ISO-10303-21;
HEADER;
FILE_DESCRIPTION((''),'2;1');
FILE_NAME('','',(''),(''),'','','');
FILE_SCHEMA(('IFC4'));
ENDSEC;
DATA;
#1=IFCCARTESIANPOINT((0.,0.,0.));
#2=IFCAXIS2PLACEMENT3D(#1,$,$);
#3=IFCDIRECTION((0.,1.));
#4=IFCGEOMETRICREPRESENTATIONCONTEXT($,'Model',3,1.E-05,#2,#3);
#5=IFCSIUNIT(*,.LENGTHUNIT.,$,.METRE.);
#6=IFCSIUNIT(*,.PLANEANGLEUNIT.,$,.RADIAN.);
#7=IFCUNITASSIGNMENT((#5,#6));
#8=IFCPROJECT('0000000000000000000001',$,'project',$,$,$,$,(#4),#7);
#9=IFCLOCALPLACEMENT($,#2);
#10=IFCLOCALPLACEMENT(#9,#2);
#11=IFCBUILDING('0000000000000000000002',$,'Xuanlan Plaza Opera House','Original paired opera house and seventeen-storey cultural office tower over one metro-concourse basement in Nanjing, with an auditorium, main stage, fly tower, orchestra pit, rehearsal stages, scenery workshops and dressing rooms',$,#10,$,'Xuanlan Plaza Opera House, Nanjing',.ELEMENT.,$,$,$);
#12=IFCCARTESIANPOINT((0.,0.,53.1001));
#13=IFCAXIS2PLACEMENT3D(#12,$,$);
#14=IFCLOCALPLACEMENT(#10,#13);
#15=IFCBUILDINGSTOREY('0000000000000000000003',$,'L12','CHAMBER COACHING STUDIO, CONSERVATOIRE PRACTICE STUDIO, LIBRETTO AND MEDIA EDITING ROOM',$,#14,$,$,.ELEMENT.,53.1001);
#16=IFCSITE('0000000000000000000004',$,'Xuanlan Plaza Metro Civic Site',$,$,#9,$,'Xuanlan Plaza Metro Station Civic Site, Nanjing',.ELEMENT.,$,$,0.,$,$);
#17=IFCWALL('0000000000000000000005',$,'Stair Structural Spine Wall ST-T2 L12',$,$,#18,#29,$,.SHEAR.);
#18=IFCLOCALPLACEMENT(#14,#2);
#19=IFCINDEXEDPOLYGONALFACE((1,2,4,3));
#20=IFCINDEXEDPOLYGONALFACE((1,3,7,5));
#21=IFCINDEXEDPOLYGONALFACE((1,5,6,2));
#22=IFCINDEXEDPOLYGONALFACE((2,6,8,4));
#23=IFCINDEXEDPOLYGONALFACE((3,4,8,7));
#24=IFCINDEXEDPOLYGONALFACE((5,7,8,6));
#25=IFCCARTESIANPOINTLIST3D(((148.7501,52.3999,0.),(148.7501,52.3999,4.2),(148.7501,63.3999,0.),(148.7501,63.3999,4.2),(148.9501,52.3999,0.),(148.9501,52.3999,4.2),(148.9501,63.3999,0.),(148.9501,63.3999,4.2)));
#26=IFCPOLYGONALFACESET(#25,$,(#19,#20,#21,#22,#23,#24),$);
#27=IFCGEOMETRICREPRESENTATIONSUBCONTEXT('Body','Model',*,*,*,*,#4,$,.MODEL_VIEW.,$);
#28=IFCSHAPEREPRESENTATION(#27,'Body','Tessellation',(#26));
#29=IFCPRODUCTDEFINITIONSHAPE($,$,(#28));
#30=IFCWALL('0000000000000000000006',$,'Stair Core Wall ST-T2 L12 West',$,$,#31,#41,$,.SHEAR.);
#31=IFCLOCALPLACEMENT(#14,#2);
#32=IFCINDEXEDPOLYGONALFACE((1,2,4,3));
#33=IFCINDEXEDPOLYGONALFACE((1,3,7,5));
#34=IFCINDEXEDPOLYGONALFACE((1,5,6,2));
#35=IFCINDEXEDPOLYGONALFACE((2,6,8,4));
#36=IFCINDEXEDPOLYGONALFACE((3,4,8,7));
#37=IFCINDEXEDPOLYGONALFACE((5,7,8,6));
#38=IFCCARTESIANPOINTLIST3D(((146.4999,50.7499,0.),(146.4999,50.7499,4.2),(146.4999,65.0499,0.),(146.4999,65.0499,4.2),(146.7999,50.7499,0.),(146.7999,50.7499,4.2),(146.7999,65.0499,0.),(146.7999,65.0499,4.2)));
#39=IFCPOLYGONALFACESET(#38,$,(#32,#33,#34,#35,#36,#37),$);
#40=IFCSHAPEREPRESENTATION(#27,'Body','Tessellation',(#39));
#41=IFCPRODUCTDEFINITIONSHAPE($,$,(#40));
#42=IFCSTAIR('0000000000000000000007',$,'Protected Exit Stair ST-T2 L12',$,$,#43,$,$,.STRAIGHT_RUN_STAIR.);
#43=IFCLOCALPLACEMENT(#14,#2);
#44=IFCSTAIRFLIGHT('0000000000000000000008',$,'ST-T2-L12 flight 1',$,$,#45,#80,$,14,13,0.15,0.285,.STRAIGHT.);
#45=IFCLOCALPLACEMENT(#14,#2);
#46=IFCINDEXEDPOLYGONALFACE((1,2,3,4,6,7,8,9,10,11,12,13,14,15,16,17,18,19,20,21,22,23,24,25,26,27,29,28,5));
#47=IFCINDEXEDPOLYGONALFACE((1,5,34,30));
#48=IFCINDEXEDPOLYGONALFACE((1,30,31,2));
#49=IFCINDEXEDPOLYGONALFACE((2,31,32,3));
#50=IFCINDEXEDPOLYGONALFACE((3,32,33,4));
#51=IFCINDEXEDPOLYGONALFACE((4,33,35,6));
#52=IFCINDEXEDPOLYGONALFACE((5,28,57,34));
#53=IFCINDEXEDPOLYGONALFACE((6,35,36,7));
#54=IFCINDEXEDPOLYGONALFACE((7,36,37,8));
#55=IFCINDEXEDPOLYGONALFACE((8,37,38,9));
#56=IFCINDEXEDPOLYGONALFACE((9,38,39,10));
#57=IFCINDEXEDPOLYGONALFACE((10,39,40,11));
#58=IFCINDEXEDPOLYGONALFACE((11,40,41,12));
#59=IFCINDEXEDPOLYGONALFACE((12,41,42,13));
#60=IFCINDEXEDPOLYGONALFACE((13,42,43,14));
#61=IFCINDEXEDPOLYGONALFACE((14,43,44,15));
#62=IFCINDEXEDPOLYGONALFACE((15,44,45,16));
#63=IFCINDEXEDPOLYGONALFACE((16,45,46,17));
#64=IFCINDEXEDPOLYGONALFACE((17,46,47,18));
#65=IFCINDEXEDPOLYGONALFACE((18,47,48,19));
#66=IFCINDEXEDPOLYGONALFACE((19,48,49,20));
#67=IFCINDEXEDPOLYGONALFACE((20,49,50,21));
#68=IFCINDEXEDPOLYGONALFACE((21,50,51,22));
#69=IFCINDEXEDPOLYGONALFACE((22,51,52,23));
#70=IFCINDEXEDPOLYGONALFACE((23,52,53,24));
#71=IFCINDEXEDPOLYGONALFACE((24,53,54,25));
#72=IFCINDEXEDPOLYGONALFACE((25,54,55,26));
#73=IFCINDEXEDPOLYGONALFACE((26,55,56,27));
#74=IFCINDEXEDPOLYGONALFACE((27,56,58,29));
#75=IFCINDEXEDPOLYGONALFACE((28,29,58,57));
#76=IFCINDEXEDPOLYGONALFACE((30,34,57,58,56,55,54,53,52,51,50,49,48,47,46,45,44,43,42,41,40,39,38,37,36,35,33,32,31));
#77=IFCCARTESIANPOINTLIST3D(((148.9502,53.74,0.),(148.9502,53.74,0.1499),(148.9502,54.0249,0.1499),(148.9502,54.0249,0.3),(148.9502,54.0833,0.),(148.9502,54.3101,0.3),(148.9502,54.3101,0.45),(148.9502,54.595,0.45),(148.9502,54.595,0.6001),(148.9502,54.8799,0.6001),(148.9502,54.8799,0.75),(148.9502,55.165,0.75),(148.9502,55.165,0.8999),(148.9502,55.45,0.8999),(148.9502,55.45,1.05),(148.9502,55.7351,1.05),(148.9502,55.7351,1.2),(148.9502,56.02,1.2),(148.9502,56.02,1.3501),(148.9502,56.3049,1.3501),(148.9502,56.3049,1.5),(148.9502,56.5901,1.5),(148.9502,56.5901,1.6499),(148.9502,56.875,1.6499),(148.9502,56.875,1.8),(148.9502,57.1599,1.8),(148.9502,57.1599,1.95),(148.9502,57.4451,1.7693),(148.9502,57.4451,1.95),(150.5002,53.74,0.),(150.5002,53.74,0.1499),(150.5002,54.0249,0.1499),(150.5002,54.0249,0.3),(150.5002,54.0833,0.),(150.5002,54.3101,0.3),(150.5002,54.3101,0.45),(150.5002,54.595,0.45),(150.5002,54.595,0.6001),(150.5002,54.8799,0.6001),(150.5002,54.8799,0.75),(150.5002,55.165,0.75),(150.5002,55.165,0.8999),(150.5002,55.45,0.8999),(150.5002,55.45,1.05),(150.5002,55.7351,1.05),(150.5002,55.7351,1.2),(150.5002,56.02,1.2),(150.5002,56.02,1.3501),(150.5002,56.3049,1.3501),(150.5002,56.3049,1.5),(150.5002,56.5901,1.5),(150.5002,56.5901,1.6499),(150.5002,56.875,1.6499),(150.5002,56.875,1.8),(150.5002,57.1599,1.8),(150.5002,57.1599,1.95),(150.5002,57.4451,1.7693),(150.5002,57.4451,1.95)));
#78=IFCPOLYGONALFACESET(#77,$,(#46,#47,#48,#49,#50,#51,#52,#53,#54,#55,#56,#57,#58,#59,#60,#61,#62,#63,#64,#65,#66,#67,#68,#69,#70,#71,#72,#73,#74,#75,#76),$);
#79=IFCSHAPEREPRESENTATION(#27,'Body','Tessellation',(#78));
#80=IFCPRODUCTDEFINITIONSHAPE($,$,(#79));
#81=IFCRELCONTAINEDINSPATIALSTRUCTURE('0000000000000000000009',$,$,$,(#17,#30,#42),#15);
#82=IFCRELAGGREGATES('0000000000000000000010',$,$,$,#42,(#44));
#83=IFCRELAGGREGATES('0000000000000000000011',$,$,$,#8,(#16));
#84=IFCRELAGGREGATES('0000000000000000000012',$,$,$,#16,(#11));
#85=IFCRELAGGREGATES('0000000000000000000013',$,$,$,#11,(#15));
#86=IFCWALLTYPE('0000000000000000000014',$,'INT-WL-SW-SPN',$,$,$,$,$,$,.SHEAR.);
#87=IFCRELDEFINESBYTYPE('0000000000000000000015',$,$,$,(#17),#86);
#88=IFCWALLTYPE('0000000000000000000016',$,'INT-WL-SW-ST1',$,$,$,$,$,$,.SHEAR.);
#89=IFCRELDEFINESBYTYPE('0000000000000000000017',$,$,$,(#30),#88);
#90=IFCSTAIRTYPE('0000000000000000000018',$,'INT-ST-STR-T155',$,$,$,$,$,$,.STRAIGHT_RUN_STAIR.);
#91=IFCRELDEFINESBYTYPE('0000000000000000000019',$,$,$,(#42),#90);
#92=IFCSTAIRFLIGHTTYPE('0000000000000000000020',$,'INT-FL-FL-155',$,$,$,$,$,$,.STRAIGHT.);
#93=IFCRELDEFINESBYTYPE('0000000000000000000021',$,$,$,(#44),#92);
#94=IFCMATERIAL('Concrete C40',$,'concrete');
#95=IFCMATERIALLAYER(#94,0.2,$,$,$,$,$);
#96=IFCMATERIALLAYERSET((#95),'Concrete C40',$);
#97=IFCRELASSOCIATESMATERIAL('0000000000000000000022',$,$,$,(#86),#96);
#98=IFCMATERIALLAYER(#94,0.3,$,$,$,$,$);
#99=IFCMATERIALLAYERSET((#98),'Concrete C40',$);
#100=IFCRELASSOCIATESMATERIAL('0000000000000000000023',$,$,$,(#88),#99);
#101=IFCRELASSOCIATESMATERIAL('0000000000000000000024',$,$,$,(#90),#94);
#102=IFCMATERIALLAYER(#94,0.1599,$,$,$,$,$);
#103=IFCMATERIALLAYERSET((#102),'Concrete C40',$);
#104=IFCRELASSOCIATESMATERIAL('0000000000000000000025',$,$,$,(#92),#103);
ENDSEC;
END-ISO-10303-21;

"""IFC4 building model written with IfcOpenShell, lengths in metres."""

from ifc_helpers import new_model, si_unit, direction, frame, frame_2d, origin, place, context, subcontext, project, spatial, polyline, rectangle, outline, extrude, material, layer, layer_set, type_object, element, aggregate, save


model = new_model("IFC4")

# Units and contexts
model_context = context("Model", 3, precision=1e-05, world=origin(), true_north=direction((0.0, 1.0)))
body_context = subcontext(model_context, "Body", "Model", "MODEL_VIEW")
ifc_project = project(units=[si_unit("LENGTHUNIT", "METRE"), si_unit("PLANEANGLEUNIT", "RADIAN")], contexts=[model_context])

# Site, building, storey
site_placement = place(None, origin())
site = spatial("IfcSite", under=ifc_project, at=site_placement, Name="Xuanlan Plaza Metro Civic Site", LongName="Xuanlan Plaza Metro Station Civic Site, Nanjing", CompositionType="ELEMENT", RefElevation=0.0)
building_placement = place(site_placement, origin())
building = spatial("IfcBuilding", under=site, at=building_placement, Name="Xuanlan Plaza Opera House", Description="Original paired opera house and seventeen-storey cultural office tower over one metro-concourse basement in Nanjing, with an auditorium, main stage, fly tower, orchestra pit, rehearsal stages, scenery workshops and dressing rooms", LongName="Xuanlan Plaza Opera House, Nanjing", CompositionType="ELEMENT")
storey_placement = place(building_placement, frame((0.0, 0.0, 53.1001)))
storey = spatial("IfcBuildingStorey", under=building, at=storey_placement, Name="L12", Description="CHAMBER COACHING STUDIO, CONSERVATOIRE PRACTICE STUDIO, LIBRETTO AND MEDIA EDITING ROOM", CompositionType="ELEMENT", Elevation=53.1001)

# Shared definitions
ifc_material_1 = material(Name="Concrete C40", Category="concrete")

# Wall
ifc_layer_1 = layer(ifc_material_1, 0.2)
ifc_layer_set_1 = layer_set([ifc_layer_1], Name="Concrete C40")
wall_type_1 = type_object("IfcWallType", Name="INT-WL-SW-SPN", PredefinedType="SHEAR", material=ifc_layer_set_1)
wall_1_placement = place(storey_placement, frame((148.8501, 52.3999, 0.0), z_axis=(0.0, 0.0, 1.0), x_axis=(0.0, 1.0, 0.0)))
element("IfcWall", 1, at=wall_1_placement, inside=storey, type_object=wall_type_1, Name="Stair Structural Spine Wall ST-T2 L12", PredefinedType="SHEAR", context=body_context, shape_type="SweptSolid", body=[
    extrude(rectangle(XDim=11.0, YDim=0.2, at=frame_2d((5.5, 0.0))), origin(), (0.0, 0.0, 1.0), 4.2),
])

# Shared definitions
ifc_layer_2 = layer(ifc_material_1, 0.3)
ifc_layer_set_2 = layer_set([ifc_layer_2], Name="Concrete C40")
wall_type_2 = type_object("IfcWallType", Name="INT-WL-SW-ST1", PredefinedType="SHEAR", material=ifc_layer_set_2)

# Wall
wall_2_placement = place(storey_placement, frame((146.6499, 50.75, 0.0), z_axis=(0.0, 0.0, 1.0), x_axis=(0.0, 1.0, 0.0)))
element("IfcWall", 2, at=wall_2_placement, inside=storey, type_object=wall_type_2, Name="Stair Core Wall ST-T2 L12 West", PredefinedType="SHEAR", context=body_context, shape_type="SweptSolid", body=[
    extrude(rectangle(XDim=14.3, YDim=0.3, at=frame_2d((7.1499, 0.0))), origin(), (0.0, 0.0, 1.0), 4.2),
])

# Stair, stair flight
stair_type = type_object("IfcStairType", Name="INT-ST-STR-T155", PredefinedType="STRAIGHT_RUN_STAIR", material=ifc_material_1)
stair_placement = place(storey_placement, origin())
stair = element("IfcStair", 3, at=stair_placement, inside=storey, type_object=stair_type, Name="Protected Exit Stair ST-T2 L12", PredefinedType="STRAIGHT_RUN_STAIR")
ifc_layer_3 = layer(ifc_material_1, 0.1599)
ifc_layer_set_3 = layer_set([ifc_layer_3], Name="Concrete C40")
stair_flight_type = type_object("IfcStairFlightType", Name="INT-FL-FL-155", PredefinedType="STRAIGHT", material=ifc_layer_set_3)
stair_flight_placement = place(storey_placement, frame((149.7251, 53.74, 0.0), z_axis=(0.0, 0.0, 1.0), x_axis=(0.0, 1.0, 0.0)))
stair_flight = element("IfcStairFlight", 4, at=stair_flight_placement, type_object=stair_flight_type, Name="ST-T2-L12 flight 1", NumberOfRisers=14, NumberOfTreads=13, PredefinedType="STRAIGHT", RiserHeight=0.15, TreadLength=0.285, context=body_context, shape_type="SweptSolid", body=[
    extrude(outline(polyline([(0.0, 0.0), (0.0, 0.1499), (0.2849, 0.1499), (0.2849, 0.3), (0.5701, 0.3), (0.5701, 0.45), (0.855, 0.45), (0.855, 0.6001), (1.1399, 0.6001), (1.1399, 0.75), (1.425, 0.75), (1.425, 0.8999), (1.71, 0.8999), (1.71, 1.05), (1.9951, 1.05), (1.9951, 1.2), (2.28, 1.2), (2.28, 1.3501), (2.5649, 1.3501), (2.5649, 1.5), (2.8501, 1.5), (2.8501, 1.6499), (3.135, 1.6499), (3.135, 1.8), (3.4199, 1.8), (3.4199, 1.95), (3.7051, 1.95), (3.7051, 2.1001), (3.7051, 1.7693), (0.3433, 0.0), (0.0, 0.0)])), frame((0.0, 0.7749, 0.0), z_axis=(0.0, -1.0, 0.0), x_axis=(1.0, 0.0, 0.0)), (0.0, 0.0, 1.0), 1.55),
])
aggregate(stair, [stair_flight])

save(model, "model.ifc")
